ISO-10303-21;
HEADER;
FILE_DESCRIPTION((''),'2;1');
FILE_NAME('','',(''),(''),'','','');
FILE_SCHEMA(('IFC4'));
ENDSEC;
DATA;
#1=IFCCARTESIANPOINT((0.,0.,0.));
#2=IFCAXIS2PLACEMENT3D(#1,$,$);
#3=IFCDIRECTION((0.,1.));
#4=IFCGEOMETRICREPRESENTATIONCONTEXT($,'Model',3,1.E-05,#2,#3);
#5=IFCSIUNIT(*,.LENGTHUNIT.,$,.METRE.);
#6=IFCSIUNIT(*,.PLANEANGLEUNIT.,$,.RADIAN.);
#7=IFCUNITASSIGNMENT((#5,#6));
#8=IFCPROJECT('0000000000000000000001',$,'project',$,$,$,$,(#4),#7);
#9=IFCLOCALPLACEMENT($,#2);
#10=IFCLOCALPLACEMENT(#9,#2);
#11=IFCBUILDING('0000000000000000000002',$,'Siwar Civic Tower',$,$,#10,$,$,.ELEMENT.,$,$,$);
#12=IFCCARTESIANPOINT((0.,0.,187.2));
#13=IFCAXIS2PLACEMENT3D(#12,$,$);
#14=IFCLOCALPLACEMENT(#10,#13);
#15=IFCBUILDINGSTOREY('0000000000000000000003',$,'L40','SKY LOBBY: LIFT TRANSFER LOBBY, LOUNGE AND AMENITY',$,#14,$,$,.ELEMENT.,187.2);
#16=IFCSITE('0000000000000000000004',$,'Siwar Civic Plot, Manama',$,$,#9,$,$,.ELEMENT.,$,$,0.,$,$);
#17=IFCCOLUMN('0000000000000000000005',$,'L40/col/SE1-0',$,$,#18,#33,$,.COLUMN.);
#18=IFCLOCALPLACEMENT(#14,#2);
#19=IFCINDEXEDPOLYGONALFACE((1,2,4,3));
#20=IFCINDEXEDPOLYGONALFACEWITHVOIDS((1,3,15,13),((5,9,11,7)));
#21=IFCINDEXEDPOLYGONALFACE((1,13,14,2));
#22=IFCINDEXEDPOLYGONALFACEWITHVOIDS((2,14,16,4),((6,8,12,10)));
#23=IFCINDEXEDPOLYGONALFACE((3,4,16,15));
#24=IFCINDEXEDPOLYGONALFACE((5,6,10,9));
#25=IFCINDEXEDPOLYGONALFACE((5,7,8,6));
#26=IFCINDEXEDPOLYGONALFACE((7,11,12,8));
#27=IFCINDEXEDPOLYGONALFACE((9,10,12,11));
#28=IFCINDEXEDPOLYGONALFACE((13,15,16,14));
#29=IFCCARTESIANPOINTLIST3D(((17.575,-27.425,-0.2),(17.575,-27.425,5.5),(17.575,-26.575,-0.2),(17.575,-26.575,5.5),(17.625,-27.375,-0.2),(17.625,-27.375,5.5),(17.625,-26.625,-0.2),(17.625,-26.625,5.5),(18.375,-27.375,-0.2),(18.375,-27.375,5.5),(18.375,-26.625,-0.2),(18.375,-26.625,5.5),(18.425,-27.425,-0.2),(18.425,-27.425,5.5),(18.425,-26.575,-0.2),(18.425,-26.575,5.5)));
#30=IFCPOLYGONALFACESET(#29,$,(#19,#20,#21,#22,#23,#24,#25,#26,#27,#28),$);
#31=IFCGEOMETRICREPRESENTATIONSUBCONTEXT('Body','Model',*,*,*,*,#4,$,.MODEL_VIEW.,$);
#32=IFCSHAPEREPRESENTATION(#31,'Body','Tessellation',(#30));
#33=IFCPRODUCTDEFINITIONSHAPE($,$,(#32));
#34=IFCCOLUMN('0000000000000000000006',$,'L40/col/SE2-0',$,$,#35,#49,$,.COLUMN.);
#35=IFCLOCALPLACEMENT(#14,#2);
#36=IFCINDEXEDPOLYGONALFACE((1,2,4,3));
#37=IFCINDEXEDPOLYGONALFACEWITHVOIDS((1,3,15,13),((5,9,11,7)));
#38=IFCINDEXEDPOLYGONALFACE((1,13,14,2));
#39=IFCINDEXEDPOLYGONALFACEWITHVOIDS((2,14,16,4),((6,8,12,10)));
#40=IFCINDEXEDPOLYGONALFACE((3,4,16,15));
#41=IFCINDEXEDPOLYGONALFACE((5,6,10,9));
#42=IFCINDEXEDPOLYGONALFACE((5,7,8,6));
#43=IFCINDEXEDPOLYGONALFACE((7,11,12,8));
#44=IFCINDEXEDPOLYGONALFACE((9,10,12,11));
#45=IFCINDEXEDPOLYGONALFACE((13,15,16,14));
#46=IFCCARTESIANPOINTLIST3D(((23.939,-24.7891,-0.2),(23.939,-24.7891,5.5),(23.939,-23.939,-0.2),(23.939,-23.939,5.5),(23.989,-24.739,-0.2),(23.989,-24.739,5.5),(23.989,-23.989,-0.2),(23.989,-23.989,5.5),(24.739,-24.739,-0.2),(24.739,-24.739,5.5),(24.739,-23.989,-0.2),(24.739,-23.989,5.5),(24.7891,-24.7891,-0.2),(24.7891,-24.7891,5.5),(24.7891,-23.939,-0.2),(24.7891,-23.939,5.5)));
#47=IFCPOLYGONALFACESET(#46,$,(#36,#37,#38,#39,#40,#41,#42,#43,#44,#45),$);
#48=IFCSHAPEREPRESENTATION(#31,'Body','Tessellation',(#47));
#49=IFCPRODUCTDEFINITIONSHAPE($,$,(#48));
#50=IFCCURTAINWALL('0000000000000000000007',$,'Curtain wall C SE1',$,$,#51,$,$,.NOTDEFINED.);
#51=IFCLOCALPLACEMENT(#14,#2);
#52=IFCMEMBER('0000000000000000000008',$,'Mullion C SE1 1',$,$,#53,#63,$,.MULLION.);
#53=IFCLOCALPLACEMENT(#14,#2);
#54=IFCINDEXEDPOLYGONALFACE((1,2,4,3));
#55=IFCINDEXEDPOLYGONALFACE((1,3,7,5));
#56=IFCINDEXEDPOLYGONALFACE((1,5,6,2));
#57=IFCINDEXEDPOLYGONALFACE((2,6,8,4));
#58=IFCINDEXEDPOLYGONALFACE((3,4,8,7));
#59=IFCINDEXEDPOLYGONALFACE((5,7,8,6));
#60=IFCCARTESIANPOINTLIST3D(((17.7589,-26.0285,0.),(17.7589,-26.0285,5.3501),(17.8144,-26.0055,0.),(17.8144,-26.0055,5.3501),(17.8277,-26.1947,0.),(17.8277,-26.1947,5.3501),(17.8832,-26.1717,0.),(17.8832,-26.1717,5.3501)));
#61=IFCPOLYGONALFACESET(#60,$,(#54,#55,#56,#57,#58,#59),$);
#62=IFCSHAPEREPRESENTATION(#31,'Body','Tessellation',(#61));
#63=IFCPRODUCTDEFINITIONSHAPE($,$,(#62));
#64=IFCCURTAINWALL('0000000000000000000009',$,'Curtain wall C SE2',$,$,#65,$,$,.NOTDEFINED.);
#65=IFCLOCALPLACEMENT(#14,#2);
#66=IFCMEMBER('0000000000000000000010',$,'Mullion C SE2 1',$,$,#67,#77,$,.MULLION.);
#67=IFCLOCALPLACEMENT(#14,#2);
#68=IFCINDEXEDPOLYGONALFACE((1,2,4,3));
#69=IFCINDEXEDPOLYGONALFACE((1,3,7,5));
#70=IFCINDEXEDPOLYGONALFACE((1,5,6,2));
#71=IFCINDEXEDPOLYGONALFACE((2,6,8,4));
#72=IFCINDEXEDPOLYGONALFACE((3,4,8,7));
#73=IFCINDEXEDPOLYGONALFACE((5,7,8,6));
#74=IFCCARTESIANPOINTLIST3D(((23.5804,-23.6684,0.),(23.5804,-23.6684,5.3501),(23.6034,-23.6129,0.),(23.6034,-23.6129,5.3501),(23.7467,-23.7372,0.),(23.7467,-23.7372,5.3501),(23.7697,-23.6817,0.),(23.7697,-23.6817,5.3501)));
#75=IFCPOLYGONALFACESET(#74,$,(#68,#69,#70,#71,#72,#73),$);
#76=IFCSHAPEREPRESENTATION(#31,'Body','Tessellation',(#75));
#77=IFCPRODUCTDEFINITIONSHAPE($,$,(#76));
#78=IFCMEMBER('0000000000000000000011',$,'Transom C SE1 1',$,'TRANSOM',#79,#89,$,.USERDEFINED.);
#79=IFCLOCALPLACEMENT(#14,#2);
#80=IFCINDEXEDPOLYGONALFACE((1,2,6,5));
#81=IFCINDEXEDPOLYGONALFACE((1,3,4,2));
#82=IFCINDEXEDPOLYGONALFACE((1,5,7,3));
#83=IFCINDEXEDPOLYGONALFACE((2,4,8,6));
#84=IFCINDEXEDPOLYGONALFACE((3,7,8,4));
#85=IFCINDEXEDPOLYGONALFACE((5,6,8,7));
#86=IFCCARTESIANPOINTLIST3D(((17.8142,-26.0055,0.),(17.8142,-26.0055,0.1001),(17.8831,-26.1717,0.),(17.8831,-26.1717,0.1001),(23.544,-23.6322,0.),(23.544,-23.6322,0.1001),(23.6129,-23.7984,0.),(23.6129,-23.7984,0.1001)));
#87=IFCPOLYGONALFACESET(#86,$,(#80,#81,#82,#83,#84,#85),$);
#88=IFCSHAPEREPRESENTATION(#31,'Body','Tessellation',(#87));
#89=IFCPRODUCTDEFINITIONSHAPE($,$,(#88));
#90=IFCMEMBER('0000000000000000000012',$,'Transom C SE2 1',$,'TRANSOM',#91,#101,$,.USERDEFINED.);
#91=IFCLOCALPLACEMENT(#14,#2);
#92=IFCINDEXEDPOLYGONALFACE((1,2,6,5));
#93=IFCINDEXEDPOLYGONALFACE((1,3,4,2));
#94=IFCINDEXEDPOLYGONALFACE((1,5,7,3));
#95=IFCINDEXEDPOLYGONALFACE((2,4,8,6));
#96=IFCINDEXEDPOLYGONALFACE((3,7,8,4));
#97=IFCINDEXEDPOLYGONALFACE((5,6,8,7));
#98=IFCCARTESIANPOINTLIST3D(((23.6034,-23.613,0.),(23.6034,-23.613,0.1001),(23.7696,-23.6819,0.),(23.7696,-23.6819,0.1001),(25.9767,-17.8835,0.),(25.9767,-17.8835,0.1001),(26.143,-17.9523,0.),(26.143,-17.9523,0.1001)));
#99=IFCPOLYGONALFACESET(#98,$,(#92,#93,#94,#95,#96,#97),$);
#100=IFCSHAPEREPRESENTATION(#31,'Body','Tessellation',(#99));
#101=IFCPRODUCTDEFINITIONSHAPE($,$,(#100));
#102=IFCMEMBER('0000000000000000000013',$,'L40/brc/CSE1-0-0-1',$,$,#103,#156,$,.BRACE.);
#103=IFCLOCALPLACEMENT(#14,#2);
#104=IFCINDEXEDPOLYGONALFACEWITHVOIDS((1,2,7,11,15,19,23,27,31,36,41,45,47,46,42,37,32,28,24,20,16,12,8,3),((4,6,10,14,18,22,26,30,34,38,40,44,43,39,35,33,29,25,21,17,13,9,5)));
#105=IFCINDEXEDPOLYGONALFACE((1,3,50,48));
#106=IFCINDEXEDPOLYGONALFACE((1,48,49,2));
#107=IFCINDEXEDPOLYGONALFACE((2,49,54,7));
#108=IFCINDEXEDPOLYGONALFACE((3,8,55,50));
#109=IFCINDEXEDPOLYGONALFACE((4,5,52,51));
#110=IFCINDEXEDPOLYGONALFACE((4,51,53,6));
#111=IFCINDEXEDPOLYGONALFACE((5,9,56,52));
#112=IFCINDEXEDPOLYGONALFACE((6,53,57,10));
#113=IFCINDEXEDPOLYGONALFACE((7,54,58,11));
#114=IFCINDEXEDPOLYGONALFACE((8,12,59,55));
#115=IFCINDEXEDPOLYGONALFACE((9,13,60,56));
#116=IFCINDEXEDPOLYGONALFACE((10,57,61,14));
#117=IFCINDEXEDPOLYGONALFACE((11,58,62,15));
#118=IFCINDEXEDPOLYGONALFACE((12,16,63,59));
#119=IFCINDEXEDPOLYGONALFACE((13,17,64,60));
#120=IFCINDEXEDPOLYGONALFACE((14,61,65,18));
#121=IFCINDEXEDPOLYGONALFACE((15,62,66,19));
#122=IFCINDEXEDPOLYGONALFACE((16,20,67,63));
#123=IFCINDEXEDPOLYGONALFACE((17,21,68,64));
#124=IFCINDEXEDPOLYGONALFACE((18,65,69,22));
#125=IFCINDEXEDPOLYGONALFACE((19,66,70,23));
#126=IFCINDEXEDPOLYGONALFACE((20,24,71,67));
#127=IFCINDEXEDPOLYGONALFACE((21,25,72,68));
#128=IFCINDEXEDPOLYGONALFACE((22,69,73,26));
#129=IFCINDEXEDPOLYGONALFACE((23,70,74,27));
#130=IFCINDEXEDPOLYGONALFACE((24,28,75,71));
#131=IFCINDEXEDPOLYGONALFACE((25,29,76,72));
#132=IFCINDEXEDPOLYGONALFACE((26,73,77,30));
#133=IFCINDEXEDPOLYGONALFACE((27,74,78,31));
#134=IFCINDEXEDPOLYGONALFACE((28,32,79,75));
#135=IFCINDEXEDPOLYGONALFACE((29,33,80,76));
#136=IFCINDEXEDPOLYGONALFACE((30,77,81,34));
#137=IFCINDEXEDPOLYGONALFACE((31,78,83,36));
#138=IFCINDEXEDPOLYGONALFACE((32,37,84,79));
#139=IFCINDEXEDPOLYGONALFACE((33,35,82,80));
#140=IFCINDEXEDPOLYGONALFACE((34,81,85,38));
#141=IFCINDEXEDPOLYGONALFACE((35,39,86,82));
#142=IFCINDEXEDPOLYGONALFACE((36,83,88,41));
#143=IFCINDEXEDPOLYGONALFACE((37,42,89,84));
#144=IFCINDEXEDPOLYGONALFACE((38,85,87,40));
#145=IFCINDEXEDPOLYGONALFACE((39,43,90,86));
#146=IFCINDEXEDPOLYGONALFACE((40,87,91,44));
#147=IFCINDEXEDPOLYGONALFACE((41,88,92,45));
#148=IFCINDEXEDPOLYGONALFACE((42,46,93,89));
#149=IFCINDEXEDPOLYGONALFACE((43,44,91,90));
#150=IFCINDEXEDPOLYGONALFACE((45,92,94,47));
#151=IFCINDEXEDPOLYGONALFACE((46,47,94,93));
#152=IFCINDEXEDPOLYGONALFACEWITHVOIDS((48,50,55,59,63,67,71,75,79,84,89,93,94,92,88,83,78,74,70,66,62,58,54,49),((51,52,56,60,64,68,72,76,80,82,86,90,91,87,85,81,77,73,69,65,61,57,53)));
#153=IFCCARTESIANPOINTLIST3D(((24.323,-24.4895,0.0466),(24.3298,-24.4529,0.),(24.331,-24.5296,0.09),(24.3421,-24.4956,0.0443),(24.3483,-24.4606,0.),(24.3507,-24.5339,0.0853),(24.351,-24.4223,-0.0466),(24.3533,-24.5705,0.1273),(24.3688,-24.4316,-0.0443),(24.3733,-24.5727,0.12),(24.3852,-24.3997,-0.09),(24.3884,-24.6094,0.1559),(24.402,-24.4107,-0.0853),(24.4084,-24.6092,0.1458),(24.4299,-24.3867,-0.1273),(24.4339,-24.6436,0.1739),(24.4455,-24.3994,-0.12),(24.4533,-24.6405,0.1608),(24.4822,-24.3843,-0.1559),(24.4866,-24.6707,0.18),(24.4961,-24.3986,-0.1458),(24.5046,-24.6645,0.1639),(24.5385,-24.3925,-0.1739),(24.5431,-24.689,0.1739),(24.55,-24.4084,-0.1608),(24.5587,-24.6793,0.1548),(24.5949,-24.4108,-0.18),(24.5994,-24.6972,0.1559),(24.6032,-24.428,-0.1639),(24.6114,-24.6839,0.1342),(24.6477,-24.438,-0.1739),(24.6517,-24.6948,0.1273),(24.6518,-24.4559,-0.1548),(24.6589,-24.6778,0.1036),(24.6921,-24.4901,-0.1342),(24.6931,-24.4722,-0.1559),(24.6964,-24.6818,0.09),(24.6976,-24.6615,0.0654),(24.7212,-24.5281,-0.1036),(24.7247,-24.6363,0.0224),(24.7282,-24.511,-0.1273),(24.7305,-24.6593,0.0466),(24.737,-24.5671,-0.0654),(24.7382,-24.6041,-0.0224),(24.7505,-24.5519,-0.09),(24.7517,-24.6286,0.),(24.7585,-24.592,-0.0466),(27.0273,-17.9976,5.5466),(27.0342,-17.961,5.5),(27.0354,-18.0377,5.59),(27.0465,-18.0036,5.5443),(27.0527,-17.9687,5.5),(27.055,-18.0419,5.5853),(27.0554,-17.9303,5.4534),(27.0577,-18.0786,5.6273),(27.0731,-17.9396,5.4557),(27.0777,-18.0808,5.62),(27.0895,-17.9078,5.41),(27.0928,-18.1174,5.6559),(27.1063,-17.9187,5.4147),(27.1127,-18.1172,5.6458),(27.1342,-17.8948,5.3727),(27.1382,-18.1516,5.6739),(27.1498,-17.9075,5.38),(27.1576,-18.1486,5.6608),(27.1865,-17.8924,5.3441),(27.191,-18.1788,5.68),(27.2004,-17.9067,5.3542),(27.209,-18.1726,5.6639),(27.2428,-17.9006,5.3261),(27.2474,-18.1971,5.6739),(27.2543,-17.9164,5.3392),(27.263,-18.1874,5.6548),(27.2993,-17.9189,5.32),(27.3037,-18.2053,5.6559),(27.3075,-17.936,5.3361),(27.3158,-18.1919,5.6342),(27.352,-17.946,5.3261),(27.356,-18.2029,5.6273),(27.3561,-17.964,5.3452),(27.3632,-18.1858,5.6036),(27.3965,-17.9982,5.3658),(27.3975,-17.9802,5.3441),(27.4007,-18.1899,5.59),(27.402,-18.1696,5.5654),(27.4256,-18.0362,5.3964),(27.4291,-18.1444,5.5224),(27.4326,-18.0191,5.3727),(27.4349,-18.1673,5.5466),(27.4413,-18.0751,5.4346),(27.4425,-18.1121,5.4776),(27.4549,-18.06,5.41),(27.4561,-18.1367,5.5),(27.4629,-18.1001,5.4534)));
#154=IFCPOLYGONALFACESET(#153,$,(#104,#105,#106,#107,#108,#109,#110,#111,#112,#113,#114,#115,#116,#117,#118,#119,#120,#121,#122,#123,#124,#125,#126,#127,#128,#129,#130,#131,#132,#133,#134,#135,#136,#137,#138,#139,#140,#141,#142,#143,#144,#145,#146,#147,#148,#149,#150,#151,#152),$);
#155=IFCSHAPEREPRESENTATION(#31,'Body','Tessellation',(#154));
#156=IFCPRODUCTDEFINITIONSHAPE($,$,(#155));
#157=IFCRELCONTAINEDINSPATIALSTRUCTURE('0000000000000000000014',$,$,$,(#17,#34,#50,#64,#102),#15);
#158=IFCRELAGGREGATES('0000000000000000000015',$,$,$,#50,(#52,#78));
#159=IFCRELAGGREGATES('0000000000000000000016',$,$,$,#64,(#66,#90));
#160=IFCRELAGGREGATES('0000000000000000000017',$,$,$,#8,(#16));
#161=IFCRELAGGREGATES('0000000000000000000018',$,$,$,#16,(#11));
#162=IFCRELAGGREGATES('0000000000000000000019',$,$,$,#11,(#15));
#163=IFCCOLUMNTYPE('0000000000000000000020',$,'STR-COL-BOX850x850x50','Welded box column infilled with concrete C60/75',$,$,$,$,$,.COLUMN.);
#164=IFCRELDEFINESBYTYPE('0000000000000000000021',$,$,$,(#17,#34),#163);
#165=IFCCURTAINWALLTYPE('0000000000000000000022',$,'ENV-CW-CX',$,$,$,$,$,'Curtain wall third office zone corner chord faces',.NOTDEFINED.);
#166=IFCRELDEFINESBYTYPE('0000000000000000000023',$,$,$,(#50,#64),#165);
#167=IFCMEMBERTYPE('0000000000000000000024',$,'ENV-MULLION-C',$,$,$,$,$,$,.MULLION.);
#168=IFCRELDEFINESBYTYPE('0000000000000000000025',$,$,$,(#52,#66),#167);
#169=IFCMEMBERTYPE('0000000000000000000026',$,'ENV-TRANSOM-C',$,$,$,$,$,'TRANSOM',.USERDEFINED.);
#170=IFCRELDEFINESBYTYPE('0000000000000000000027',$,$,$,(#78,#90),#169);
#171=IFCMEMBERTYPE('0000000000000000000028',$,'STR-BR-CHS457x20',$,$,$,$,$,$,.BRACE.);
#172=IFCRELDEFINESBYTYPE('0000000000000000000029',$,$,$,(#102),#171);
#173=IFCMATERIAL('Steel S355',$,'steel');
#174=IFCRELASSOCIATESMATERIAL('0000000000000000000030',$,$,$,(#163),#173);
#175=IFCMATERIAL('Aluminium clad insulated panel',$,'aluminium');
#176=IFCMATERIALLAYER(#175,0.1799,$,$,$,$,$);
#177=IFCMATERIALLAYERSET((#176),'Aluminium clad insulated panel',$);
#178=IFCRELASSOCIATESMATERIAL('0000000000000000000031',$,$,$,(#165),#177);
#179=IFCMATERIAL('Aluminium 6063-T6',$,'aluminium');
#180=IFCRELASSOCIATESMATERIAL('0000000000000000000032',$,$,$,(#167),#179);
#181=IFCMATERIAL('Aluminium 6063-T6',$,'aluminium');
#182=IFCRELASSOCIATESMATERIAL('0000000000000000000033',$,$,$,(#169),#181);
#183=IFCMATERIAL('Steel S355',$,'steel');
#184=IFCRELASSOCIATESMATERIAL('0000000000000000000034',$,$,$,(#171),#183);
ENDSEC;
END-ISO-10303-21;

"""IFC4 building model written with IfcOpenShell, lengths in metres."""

from ifc_helpers import new_model, si_unit, direction, frame, origin, origin_2d, place, context, subcontext, project, spatial, rectangle, hollow_rectangle, hollow_circle, extrude, material, layer, layer_set, material_profile, profile_set, type_object, element, aggregate, save


model = new_model("IFC4")

# Units and contexts
model_context = context("Model", 3, precision=1e-05, world=origin(), true_north=direction((0.0, 1.0)))
body_context = subcontext(model_context, "Body", "Model", "MODEL_VIEW")
ifc_project = project(units=[si_unit("LENGTHUNIT", "METRE"), si_unit("PLANEANGLEUNIT", "RADIAN")], contexts=[model_context])

# Site, building, storey
site_placement = place(None, origin())
site = spatial("IfcSite", under=ifc_project, at=site_placement, Name="Siwar Civic Plot, Manama", CompositionType="ELEMENT", RefElevation=0.0)
building_placement = place(site_placement, origin())
building = spatial("IfcBuilding", under=site, at=building_placement, Name="Siwar Civic Tower", CompositionType="ELEMENT")
storey_placement = place(building_placement, frame((0.0, 0.0, 187.2)))
storey = spatial("IfcBuildingStorey", under=building, at=storey_placement, Name="L40", Description="SKY LOBBY: LIFT TRANSFER LOBBY, LOUNGE AND AMENITY", CompositionType="ELEMENT", Elevation=187.2)

# Columns
ifc_material_1 = material(Name="Steel S355", Category="steel")
ifc_material_profile_1 = material_profile(ifc_material_1, hollow_rectangle(XDim=0.8501, YDim=0.8501, WallThickness=0.05, at=origin_2d()), Name="BOX850x850x50")
ifc_profile_set_1 = profile_set([ifc_material_profile_1], Name="Steel S355")
column_type = type_object("IfcColumnType", Name="STR-COL-BOX850x850x50", Description="Welded box column infilled with concrete C60/75", PredefinedType="COLUMN", material=ifc_profile_set_1)
for number, where, z_axis, x_axis, name in (
    (1, (18.0, -27.0, -0.2), (0.0, 0.0, 1.0), (1.0, 0.0, 0.0), "L40/col/SE1-0"),
    (2, (24.364, -24.364, -0.2), (0.0, 0.0, 1.0), (1.0, 0.0, 0.0), "L40/col/SE2-0"),
):
    element("IfcColumn", number, at=place(storey_placement, frame(where, z_axis=z_axis, x_axis=x_axis)), inside=storey, type_object=column_type, Name=name, PredefinedType="COLUMN", context=body_context, shape_type="SweptSolid", body=[
        extrude(hollow_rectangle(XDim=0.8501, YDim=0.8501, WallThickness=0.05, at=origin_2d()), origin(), (0.0, 0.0, 1.0), 5.7),
    ])

# Curtain walls, members
ifc_material_2 = material(Name="Aluminium clad insulated panel", Category="aluminium")
ifc_layer_1 = layer(ifc_material_2, 0.1799)
ifc_layer_set_1 = layer_set([ifc_layer_1], Name="Aluminium clad insulated panel")
curtain_wall_type = type_object("IfcCurtainWallType", Name="ENV-CW-CX", ElementType="Curtain wall third office zone corner chord faces", PredefinedType="NOTDEFINED", material=ifc_layer_set_1)
curtain_wall_1_placement = place(storey_placement, origin())
curtain_wall_1 = element("IfcCurtainWall", 3, at=curtain_wall_1_placement, inside=storey, type_object=curtain_wall_type, Name="Curtain wall C SE1", PredefinedType="NOTDEFINED")
ifc_material_3 = material(Name="Aluminium 6063-T6", Category="aluminium")
ifc_material_profile_2 = material_profile(ifc_material_3, rectangle(XDim=0.1799, YDim=0.0601, at=origin_2d()), Name="AL 180x60")
ifc_profile_set_2 = profile_set([ifc_material_profile_2], Name="Aluminium 6063-T6")
member_type_1 = type_object("IfcMemberType", Name="ENV-MULLION-C", PredefinedType="MULLION", material=ifc_profile_set_2)
member_1_placement = place(storey_placement, frame((17.821, -26.1001, 0.0), z_axis=(0.0, 0.0, 1.0), x_axis=(-0.382683, 0.92388, 0.0)))
member_1 = element("IfcMember", 4, at=member_1_placement, type_object=member_type_1, Name="Mullion C SE1 1", PredefinedType="MULLION", context=body_context, shape_type="SweptSolid", body=[
    extrude(rectangle(XDim=0.1799, YDim=0.0601, at=origin_2d()), origin(), (0.0, 0.0, 1.0), 5.3501),
])
curtain_wall_2_placement = place(storey_placement, origin())
curtain_wall_2 = element("IfcCurtainWall", 5, at=curtain_wall_2_placement, inside=storey, type_object=curtain_wall_type, Name="Curtain wall C SE2", PredefinedType="NOTDEFINED")
member_2_placement = place(storey_placement, frame((23.675, -23.675, 0.0), z_axis=(0.0, 0.0, 1.0), x_axis=(-0.92388, 0.382683, 0.0)))
member_2 = element("IfcMember", 6, at=member_2_placement, type_object=member_type_1, Name="Mullion C SE2 1", PredefinedType="MULLION", context=body_context, shape_type="SweptSolid", body=[
    extrude(rectangle(XDim=0.1799, YDim=0.0601, at=origin_2d()), origin(), (0.0, 0.0, 1.0), 5.3501),
])

# Members
ifc_material_4 = material(Name="Aluminium 6063-T6", Category="aluminium")
ifc_material_profile_3 = material_profile(ifc_material_4, rectangle(XDim=0.1799, YDim=0.1001, at=origin_2d()), Name="AL 180x100")
ifc_profile_set_3 = profile_set([ifc_material_profile_3], Name="Aluminium 6063-T6")
member_type_2 = type_object("IfcMemberType", Name="ENV-TRANSOM-C", ElementType="TRANSOM", PredefinedType="USERDEFINED", material=ifc_profile_set_3)
member_3_placement = place(storey_placement, frame((17.8486, -26.0886, 0.05), z_axis=(0.923882, 0.382677, 0.0), x_axis=(-0.382677, 0.923882, 0.0)))
member_3 = element("IfcMember", 7, at=member_3_placement, type_object=member_type_2, Name="Transom C SE1 1", ObjectType="TRANSOM", PredefinedType="USERDEFINED", context=body_context, shape_type="SweptSolid", body=[
    extrude(rectangle(XDim=0.1799, YDim=0.1001, at=origin_2d()), origin(), (0.0, 0.0, 1.0), 6.2019),
])
member_4_placement = place(storey_placement, frame((23.6865, -23.6475, 0.05), z_axis=(0.382691, 0.923876, 0.0), x_axis=(-0.923876, 0.382691, 0.0)))
member_4 = element("IfcMember", 8, at=member_4_placement, type_object=member_type_2, Name="Transom C SE2 1", ObjectType="TRANSOM", PredefinedType="USERDEFINED", context=body_context, shape_type="SweptSolid", body=[
    extrude(rectangle(XDim=0.1799, YDim=0.1001, at=origin_2d()), origin(), (0.0, 0.0, 1.0), 6.2017),
])

# Member
ifc_material_5 = material(Name="Steel S355", Category="steel")
ifc_material_profile_4 = material_profile(ifc_material_5, hollow_circle(Radius=0.2285, WallThickness=0.02, at=origin_2d()), Name="CHS457x20")
ifc_profile_set_4 = profile_set([ifc_material_profile_4], Name="Steel S355")
member_type_3 = type_object("IfcMemberType", Name="STR-BR-CHS457x20", PredefinedType="BRACE", material=ifc_profile_set_4)
member_5_placement = place(storey_placement, frame((24.5408, -24.5408, 0.0), z_axis=(0.302907, 0.727146, 0.616041), x_axis=(-0.923109, 0.384539, 0.0)))
element("IfcMember", 9, at=member_5_placement, inside=storey, type_object=member_type_3, Name="L40/brc/CSE1-0-0-1", PredefinedType="BRACE", context=body_context, shape_type="SweptSolid", body=[
    extrude(hollow_circle(Radius=0.2285, WallThickness=0.02, at=origin_2d()), origin(), (0.0, 0.0, 1.0), 8.928),
])

aggregate(curtain_wall_1, [member_1, member_3])
aggregate(curtain_wall_2, [member_2, member_4])

save(model, "model.ifc")
